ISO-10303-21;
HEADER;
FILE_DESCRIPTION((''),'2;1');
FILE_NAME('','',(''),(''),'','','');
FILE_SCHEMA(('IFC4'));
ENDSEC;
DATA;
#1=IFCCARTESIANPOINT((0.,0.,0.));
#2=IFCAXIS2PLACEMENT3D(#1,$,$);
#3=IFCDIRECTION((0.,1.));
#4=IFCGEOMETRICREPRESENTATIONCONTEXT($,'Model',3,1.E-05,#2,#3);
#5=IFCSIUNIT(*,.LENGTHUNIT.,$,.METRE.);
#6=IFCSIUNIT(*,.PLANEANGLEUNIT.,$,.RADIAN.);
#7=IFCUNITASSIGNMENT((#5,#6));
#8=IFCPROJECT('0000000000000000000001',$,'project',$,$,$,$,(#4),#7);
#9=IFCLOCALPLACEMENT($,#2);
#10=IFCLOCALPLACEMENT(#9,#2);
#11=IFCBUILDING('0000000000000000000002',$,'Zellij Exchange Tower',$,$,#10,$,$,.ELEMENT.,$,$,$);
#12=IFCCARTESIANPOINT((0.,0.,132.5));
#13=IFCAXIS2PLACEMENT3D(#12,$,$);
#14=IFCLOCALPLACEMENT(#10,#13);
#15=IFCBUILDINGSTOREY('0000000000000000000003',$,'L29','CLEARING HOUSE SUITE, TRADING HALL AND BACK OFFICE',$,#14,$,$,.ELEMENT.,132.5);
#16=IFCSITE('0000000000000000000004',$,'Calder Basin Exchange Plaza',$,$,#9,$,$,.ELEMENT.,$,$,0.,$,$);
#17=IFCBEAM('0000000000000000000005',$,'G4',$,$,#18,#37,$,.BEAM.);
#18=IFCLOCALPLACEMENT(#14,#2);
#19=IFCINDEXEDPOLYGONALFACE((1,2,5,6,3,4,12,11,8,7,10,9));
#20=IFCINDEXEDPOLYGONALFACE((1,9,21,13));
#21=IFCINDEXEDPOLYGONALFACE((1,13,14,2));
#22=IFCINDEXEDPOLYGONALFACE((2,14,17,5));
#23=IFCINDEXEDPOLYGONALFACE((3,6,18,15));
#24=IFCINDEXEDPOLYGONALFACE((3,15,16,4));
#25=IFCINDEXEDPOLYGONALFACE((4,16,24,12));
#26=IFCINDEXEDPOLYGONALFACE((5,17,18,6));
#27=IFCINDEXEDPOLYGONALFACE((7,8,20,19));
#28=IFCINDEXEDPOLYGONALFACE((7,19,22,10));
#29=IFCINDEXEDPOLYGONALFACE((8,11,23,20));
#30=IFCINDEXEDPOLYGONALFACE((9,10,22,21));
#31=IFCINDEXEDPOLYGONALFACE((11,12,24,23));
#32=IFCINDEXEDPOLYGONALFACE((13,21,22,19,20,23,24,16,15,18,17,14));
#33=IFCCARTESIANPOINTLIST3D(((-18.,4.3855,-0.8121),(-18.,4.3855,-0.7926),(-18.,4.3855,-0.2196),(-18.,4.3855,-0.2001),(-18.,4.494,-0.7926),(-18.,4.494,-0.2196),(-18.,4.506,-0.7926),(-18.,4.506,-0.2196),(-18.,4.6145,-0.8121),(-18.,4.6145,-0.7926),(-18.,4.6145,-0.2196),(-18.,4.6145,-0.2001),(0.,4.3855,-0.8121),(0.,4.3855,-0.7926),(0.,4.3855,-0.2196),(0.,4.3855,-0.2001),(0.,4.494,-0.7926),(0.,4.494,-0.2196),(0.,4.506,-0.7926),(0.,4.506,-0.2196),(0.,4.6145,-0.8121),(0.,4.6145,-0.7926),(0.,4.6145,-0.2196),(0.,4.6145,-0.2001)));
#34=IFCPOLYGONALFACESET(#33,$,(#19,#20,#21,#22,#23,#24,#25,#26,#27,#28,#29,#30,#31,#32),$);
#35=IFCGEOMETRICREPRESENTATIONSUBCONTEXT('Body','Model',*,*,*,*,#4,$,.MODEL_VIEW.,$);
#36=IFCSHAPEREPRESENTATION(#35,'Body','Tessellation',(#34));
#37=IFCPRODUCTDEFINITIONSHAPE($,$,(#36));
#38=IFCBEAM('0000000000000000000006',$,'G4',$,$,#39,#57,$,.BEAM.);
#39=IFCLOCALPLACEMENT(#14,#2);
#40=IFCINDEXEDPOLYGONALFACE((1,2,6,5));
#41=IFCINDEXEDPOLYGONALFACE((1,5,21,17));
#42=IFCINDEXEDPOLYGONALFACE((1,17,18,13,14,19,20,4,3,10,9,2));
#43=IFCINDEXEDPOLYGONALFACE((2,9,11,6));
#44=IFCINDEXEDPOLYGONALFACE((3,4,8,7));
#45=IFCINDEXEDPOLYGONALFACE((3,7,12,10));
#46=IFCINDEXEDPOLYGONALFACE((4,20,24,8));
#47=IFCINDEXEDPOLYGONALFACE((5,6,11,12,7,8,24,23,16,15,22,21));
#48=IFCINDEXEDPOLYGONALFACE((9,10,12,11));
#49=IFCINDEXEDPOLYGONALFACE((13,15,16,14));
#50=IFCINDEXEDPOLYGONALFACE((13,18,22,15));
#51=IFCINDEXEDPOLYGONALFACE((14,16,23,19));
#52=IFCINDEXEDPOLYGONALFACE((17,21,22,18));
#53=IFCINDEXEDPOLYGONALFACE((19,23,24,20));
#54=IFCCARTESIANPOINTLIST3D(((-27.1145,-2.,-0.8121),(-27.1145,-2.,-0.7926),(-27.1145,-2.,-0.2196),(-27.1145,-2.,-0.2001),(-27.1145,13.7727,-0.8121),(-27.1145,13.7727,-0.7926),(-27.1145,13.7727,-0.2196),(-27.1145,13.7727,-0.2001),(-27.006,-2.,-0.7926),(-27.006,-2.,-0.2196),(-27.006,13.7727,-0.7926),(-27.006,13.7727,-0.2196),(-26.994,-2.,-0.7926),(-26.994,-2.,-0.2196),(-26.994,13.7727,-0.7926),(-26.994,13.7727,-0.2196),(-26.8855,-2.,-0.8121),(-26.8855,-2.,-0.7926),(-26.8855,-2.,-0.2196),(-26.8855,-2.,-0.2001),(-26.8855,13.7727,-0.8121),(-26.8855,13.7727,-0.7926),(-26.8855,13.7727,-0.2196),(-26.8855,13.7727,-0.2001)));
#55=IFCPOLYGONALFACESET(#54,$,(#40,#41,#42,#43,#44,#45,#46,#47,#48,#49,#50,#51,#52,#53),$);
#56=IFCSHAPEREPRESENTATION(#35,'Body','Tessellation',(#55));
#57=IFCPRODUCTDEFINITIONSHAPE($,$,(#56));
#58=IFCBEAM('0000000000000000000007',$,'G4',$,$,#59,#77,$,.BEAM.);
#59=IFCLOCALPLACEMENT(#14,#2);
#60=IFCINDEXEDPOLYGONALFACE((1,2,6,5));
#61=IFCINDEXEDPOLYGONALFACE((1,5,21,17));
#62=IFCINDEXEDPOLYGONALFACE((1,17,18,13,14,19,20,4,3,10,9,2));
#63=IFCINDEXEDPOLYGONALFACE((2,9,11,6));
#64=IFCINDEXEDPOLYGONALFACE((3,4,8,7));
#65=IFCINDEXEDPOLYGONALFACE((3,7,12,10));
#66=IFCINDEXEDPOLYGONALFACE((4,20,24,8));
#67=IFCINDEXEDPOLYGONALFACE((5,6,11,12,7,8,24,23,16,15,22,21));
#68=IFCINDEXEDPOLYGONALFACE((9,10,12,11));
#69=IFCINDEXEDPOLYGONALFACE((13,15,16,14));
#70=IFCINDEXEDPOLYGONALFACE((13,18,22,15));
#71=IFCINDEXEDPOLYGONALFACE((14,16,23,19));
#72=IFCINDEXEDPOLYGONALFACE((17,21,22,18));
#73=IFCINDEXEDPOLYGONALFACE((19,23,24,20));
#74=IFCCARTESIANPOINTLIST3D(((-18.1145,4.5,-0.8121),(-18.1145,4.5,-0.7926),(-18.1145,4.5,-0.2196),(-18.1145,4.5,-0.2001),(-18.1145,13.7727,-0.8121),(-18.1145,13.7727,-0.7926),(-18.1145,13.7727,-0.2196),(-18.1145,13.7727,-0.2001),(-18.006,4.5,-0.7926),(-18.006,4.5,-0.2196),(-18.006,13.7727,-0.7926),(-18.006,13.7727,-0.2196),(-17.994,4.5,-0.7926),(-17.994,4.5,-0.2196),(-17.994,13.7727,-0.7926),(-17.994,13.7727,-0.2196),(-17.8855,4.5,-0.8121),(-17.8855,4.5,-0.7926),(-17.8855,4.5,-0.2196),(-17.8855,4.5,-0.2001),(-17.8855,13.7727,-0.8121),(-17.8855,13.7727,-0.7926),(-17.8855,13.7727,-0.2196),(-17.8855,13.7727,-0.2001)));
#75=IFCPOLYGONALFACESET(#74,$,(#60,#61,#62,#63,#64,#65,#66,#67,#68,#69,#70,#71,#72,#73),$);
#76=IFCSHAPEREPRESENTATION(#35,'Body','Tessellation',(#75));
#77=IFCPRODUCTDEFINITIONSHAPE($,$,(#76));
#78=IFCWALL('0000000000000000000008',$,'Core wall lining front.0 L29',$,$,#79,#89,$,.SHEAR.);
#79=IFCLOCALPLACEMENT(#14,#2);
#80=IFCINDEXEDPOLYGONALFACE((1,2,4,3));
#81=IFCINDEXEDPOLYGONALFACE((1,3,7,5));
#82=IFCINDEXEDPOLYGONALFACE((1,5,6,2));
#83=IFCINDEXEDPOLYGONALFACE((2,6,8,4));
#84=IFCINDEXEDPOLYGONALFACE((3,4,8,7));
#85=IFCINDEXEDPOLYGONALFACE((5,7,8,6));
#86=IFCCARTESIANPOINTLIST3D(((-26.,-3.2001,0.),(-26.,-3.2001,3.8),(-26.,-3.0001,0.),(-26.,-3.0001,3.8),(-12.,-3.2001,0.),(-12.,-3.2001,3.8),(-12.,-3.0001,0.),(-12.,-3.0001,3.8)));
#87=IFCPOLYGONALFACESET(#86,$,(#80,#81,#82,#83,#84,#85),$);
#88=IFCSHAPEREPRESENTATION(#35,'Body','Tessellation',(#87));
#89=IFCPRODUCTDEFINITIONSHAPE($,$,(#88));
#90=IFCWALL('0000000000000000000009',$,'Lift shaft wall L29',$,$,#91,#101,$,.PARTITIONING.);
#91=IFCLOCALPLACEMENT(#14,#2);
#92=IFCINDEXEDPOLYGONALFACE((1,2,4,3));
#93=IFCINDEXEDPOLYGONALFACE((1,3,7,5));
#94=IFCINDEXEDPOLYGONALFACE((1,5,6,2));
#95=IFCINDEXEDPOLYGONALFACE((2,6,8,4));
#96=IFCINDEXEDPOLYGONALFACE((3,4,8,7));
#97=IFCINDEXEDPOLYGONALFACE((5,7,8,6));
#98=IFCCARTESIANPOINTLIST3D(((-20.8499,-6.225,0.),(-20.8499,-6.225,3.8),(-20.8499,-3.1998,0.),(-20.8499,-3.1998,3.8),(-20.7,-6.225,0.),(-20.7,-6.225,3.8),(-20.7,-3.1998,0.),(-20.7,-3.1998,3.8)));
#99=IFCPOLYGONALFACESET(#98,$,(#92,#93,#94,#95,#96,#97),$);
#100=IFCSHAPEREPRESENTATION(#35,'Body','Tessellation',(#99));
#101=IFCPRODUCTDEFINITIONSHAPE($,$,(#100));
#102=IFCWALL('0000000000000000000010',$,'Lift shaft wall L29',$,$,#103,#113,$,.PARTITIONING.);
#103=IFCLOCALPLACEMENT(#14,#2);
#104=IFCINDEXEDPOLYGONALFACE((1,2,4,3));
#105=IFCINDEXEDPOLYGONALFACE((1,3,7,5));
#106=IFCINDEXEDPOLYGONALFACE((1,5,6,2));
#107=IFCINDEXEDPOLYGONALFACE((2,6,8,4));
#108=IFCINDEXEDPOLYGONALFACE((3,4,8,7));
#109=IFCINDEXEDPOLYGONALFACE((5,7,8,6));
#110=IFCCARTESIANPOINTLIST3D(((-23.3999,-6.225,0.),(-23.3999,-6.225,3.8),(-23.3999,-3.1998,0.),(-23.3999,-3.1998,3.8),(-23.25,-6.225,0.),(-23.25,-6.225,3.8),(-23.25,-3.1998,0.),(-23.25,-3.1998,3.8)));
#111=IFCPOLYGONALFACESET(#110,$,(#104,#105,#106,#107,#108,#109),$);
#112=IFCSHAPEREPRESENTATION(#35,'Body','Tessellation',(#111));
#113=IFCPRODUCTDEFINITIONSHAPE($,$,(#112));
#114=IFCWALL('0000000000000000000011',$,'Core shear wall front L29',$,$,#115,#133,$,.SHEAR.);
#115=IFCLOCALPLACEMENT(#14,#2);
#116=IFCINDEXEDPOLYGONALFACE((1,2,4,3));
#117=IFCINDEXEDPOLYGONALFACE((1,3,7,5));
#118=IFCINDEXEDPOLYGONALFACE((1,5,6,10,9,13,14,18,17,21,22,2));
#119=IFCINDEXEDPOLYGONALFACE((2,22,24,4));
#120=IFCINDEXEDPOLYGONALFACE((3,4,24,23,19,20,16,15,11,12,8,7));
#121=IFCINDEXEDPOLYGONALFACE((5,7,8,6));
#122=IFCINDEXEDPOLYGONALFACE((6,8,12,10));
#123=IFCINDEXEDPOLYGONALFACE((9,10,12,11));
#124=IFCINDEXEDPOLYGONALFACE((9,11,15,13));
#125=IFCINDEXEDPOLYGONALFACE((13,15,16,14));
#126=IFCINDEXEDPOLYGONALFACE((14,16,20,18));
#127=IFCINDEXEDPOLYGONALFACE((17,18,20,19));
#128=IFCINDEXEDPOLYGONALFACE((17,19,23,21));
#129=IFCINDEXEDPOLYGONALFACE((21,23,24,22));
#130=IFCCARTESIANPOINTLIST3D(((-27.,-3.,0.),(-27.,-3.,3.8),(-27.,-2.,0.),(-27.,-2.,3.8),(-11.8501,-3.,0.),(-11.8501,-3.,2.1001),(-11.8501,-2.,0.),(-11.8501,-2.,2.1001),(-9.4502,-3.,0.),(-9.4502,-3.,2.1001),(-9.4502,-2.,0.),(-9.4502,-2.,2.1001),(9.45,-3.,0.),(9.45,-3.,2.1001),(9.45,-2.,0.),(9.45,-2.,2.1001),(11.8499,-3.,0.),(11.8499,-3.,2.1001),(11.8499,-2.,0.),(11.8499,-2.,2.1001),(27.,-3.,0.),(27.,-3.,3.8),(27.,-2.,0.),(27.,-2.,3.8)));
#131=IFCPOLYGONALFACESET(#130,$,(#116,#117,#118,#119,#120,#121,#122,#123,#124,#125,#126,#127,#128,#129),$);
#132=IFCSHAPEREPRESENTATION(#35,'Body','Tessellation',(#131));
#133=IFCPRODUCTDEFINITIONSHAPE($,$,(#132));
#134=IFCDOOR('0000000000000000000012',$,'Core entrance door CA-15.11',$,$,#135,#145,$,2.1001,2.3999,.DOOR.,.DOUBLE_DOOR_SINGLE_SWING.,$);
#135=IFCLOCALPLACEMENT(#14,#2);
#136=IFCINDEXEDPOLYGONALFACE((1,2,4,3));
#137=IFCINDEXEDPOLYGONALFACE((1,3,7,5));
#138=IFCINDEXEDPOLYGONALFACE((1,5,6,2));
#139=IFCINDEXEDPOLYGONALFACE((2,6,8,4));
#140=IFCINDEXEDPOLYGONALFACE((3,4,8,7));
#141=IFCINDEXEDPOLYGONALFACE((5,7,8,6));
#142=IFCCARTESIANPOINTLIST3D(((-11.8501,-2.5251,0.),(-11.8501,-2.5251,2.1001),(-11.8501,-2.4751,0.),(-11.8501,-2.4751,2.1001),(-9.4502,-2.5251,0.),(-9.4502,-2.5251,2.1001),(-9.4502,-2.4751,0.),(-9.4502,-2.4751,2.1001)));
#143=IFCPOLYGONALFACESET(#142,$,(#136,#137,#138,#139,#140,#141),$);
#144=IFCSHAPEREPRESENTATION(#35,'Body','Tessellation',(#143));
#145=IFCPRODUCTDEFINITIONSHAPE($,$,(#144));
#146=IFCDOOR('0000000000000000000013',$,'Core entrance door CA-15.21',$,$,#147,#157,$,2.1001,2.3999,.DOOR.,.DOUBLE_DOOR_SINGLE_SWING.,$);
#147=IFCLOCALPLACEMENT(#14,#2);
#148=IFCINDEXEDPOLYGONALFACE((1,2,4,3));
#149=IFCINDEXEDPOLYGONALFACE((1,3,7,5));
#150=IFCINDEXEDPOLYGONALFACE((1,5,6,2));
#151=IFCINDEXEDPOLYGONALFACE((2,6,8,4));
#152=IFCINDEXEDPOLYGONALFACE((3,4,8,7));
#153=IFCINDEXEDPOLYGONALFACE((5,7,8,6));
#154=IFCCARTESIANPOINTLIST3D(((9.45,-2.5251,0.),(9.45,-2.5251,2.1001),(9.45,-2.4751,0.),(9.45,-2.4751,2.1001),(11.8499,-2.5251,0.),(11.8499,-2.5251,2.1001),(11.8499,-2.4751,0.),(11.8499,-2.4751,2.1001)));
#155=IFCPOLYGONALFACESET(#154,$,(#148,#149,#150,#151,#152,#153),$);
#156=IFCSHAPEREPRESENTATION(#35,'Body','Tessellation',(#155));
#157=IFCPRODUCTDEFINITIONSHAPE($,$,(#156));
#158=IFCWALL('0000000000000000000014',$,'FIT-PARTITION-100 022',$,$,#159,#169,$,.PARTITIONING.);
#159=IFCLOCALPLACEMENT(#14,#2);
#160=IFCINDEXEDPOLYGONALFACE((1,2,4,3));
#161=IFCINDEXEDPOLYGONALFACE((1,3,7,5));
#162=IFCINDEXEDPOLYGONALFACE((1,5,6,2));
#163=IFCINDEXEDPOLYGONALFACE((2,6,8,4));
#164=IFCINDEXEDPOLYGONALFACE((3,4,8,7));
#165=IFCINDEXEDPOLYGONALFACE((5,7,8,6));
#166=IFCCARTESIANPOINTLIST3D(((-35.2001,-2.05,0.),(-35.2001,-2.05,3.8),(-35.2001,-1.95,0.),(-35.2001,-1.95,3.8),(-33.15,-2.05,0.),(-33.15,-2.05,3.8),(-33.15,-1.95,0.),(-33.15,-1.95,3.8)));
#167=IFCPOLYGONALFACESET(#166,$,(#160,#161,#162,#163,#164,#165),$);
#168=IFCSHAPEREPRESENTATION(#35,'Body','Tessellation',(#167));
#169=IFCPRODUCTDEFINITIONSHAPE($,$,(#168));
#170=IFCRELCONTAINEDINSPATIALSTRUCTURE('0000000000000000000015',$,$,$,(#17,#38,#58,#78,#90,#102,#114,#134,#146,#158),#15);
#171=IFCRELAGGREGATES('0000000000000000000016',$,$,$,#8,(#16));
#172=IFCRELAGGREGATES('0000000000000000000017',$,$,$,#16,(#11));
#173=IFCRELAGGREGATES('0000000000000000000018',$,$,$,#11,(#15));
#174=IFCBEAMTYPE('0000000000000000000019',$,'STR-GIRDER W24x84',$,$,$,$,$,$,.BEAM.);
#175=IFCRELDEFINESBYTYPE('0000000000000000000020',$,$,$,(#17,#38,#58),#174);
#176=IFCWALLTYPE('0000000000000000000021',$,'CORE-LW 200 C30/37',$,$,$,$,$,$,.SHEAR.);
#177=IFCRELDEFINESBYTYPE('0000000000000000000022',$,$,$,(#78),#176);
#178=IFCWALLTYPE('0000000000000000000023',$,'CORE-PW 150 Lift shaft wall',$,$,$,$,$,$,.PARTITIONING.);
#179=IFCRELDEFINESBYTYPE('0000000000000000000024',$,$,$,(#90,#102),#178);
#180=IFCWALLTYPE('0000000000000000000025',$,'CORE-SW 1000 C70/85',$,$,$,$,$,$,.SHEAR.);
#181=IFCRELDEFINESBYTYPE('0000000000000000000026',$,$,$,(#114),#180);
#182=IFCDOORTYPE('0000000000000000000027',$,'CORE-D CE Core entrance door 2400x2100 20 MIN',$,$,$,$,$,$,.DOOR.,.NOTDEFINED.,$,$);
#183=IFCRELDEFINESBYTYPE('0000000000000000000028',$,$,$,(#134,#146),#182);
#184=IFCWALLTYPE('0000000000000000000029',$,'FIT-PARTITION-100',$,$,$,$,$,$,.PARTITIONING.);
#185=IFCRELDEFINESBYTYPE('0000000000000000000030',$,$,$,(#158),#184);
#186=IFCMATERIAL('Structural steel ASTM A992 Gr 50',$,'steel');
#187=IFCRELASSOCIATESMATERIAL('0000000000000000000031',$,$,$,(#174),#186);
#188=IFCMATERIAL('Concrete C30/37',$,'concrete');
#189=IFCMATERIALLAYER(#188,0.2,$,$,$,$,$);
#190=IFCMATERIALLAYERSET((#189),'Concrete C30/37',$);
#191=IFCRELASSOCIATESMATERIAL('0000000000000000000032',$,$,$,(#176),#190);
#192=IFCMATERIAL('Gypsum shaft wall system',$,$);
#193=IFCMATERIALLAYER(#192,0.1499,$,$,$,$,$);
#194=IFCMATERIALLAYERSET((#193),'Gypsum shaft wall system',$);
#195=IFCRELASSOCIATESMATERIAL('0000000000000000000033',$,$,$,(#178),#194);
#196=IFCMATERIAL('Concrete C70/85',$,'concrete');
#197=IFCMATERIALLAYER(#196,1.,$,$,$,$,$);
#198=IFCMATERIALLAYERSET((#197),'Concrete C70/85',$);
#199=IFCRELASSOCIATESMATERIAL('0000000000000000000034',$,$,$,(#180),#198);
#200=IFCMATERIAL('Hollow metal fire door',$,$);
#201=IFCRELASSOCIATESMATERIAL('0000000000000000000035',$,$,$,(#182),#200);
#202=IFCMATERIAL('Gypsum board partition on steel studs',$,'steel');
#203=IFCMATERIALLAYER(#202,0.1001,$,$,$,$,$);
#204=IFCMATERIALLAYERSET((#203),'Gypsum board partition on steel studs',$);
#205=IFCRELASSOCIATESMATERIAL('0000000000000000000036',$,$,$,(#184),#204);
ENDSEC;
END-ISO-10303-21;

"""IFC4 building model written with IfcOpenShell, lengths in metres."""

from ifc_helpers import new_model, si_unit, direction, frame, frame_2d, origin, origin_2d, place, context, subcontext, project, spatial, rectangle, i_section, extrude, material, layer, layer_set, material_profile, profile_set, type_object, element, fill, save


model = new_model("IFC4")

# Units and contexts
model_context = context("Model", 3, precision=1e-05, world=origin(), true_north=direction((0.0, 1.0)))
body_context = subcontext(model_context, "Body", "Model", "MODEL_VIEW")
ifc_project = project(units=[si_unit("LENGTHUNIT", "METRE"), si_unit("PLANEANGLEUNIT", "RADIAN")], contexts=[model_context])

# Site, building, storey
site_placement = place(None, origin())
site = spatial("IfcSite", under=ifc_project, at=site_placement, Name="Calder Basin Exchange Plaza", CompositionType="ELEMENT", RefElevation=0.0)
building_placement = place(site_placement, origin())
building = spatial("IfcBuilding", under=site, at=building_placement, Name="Zellij Exchange Tower", CompositionType="ELEMENT")
storey_placement = place(building_placement, frame((0.0, 0.0, 132.5)))
storey = spatial("IfcBuildingStorey", under=building, at=storey_placement, Name="L29", Description="CLEARING HOUSE SUITE, TRADING HALL AND BACK OFFICE", CompositionType="ELEMENT", Elevation=132.5)

# Shared definitions
ifc_material_1 = material(Name="Concrete C70/85", Category="concrete")

# Beams
ifc_material_2 = material(Name="Structural steel ASTM A992 Gr 50", Category="steel")
ifc_material_profile_1 = material_profile(ifc_material_2, i_section(OverallWidth=0.229, OverallDepth=0.6121, WebThickness=0.012, FlangeThickness=0.0195, at=origin_2d()), Name="W24x84")
ifc_profile_set_1 = profile_set([ifc_material_profile_1], Name="Structural steel ASTM A992 Gr 50")
beam_type_1 = type_object("IfcBeamType", Name="STR-GIRDER W24x84", PredefinedType="BEAM", material=ifc_profile_set_1)
beam_1_placement = place(storey_placement, frame((-18.0, 4.5, -0.5061), z_axis=(1.0, 0.0, 0.0), x_axis=(0.0, 1.0, 0.0)))
element("IfcBeam", 1, at=beam_1_placement, inside=storey, type_object=beam_type_1, Name="G4", PredefinedType="BEAM", context=body_context, shape_type="SweptSolid", body=[
    extrude(i_section(OverallWidth=0.229, OverallDepth=0.6121, WebThickness=0.012, FlangeThickness=0.0195, at=origin_2d()), origin(), (0.0, 0.0, 1.0), 18.0),
])
beam_2_placement = place(storey_placement, frame((-27.0, -2.0, -0.5061), z_axis=(0.0, 1.0, 0.0), x_axis=(-1.0, 0.0, 0.0)))
element("IfcBeam", 2, at=beam_2_placement, inside=storey, type_object=beam_type_1, Name="G4", PredefinedType="BEAM", context=body_context, shape_type="SweptSolid", body=[
    extrude(i_section(OverallWidth=0.229, OverallDepth=0.6121, WebThickness=0.012, FlangeThickness=0.0195, at=origin_2d()), origin(), (0.0, 0.0, 1.0), 15.7727),
])
beam_3_placement = place(storey_placement, frame((-18.0, 4.5, -0.5061), z_axis=(0.0, 1.0, 0.0), x_axis=(-1.0, 0.0, 0.0)))
element("IfcBeam", 3, at=beam_3_placement, inside=storey, type_object=beam_type_1, Name="G4", PredefinedType="BEAM", context=body_context, shape_type="SweptSolid", body=[
    extrude(i_section(OverallWidth=0.229, OverallDepth=0.6121, WebThickness=0.012, FlangeThickness=0.0195, at=origin_2d()), origin(), (0.0, 0.0, 1.0), 9.2727),
])

# Walls
ifc_material_3 = material(Name="Concrete C30/37", Category="concrete")
ifc_layer_1 = layer(ifc_material_3, 0.2)
ifc_layer_set_1 = layer_set([ifc_layer_1], Name="Concrete C30/37")
wall_type_1 = type_object("IfcWallType", Name="CORE-LW 200 C30/37", PredefinedType="SHEAR", material=ifc_layer_set_1)
wall_1_placement = place(storey_placement, frame((-26.0, -3.1001, 0.0), z_axis=(0.0, 0.0, 1.0), x_axis=(1.0, 0.0, 0.0)))
element("IfcWall", 4, at=wall_1_placement, inside=storey, type_object=wall_type_1, Name="Core wall lining front.0 L29", PredefinedType="SHEAR", context=body_context, shape_type="SweptSolid", body=[
    extrude(rectangle(XDim=14.0, YDim=0.2, at=frame_2d((7.0, 0.0))), origin(), (0.0, 0.0, 1.0), 3.8),
])
ifc_material_4 = material(Name="Gypsum shaft wall system")
ifc_layer_2 = layer(ifc_material_4, 0.1499)
ifc_layer_set_2 = layer_set([ifc_layer_2], Name="Gypsum shaft wall system")
wall_type_2 = type_object("IfcWallType", Name="CORE-PW 150 Lift shaft wall", PredefinedType="PARTITIONING", material=ifc_layer_set_2)
for number, where, z_axis, x_axis, name in (
    (5, (-20.7749, -6.2251, 0.0), (0.0, 0.0, 1.0), (0.0, 1.0, 0.0), "Lift shaft wall L29"),
    (6, (-23.325, -6.2251, 0.0), (0.0, 0.0, 1.0), (0.0, 1.0, 0.0), "Lift shaft wall L29"),
):
    element("IfcWall", number, at=place(storey_placement, frame(where, z_axis=z_axis, x_axis=x_axis)), inside=storey, type_object=wall_type_2, Name=name, PredefinedType="PARTITIONING", context=body_context, shape_type="SweptSolid", body=[
        extrude(rectangle(XDim=3.0251, YDim=0.1499, at=frame_2d((1.5127, 0.0))), origin(), (0.0, 0.0, 1.0), 3.8),
    ])

# Wall, openings, doors
ifc_layer_3 = layer(ifc_material_1, 1.0)
ifc_layer_set_3 = layer_set([ifc_layer_3], Name="Concrete C70/85")
wall_type_3 = type_object("IfcWallType", Name="CORE-SW 1000 C70/85", PredefinedType="SHEAR", material=ifc_layer_set_3)
wall_2_placement = place(storey_placement, frame((-27.0, -2.5, 0.0), z_axis=(0.0, 0.0, 1.0), x_axis=(1.0, 0.0, 0.0)))
wall_2 = element("IfcWall", 7, at=wall_2_placement, inside=storey, type_object=wall_type_3, Name="Core shear wall front L29", PredefinedType="SHEAR", context=body_context, shape_type="SweptSolid", body=[
    extrude(rectangle(XDim=54.0, YDim=1.0, at=frame_2d((27.0, 0.0))), origin(), (0.0, 0.0, 1.0), 3.8),
])
opening_1_placement = place(wall_2_placement, frame((15.1499, 0.0, 0.0)))
opening_1 = element("IfcOpeningElement", 8, at=opening_1_placement, cuts=wall_2, PredefinedType="OPENING", context=body_context, shape_type="SweptSolid", body=[
    extrude(rectangle(XDim=2.3999, YDim=2.1001, at=frame_2d((1.2, 1.05))), frame((0.0, 0.512, 0.0), z_axis=(0.0, -1.0, 0.0), x_axis=(1.0, 0.0, 0.0)), (0.0, 0.0, 1.0), 1.0239),
])
opening_2_placement = place(wall_2_placement, frame((36.45, 0.0, 0.0)))
opening_2 = element("IfcOpeningElement", 9, at=opening_2_placement, cuts=wall_2, PredefinedType="OPENING", context=body_context, shape_type="SweptSolid", body=[
    extrude(rectangle(XDim=2.3999, YDim=2.1001, at=frame_2d((1.2, 1.05))), frame((0.0, 0.512, 0.0), z_axis=(0.0, -1.0, 0.0), x_axis=(1.0, 0.0, 0.0)), (0.0, 0.0, 1.0), 1.0239),
])
ifc_material_5 = material(Name="Hollow metal fire door")
door_type_1 = type_object("IfcDoorType", Name="CORE-D CE Core entrance door 2400x2100 20 MIN", OperationType="NOTDEFINED", PredefinedType="DOOR", material=ifc_material_5)
door_1_placement = place(opening_1_placement, origin())
door_1 = element("IfcDoor", 10, at=door_1_placement, inside=storey, type_object=door_type_1, Name="Core entrance door CA-15.11", OperationType="DOUBLE_DOOR_SINGLE_SWING", OverallHeight=2.1001, OverallWidth=2.3999, PredefinedType="DOOR", context=body_context, shape_type="SweptSolid", body=[
    extrude(rectangle(XDim=2.3999, YDim=2.1001, at=frame_2d((1.2, 1.05))), frame((0.0, 0.0249, 0.0), z_axis=(0.0, -1.0, 0.0), x_axis=(1.0, 0.0, 0.0)), (0.0, 0.0, 1.0), 0.05),
])
fill(opening_1, door_1)
door_2_placement = place(opening_2_placement, origin())
door_2 = element("IfcDoor", 11, at=door_2_placement, inside=storey, type_object=door_type_1, Name="Core entrance door CA-15.21", OperationType="DOUBLE_DOOR_SINGLE_SWING", OverallHeight=2.1001, OverallWidth=2.3999, PredefinedType="DOOR", context=body_context, shape_type="SweptSolid", body=[
    extrude(rectangle(XDim=2.3999, YDim=2.1001, at=frame_2d((1.2, 1.05))), frame((0.0, 0.0249, 0.0), z_axis=(0.0, -1.0, 0.0), x_axis=(1.0, 0.0, 0.0)), (0.0, 0.0, 1.0), 0.05),
])
fill(opening_2, door_2)

# Wall
ifc_material_6 = material(Name="Gypsum board partition on steel studs", Category="steel")
ifc_layer_4 = layer(ifc_material_6, 0.1001)
ifc_layer_set_4 = layer_set([ifc_layer_4], Name="Gypsum board partition on steel studs")
wall_type_4 = type_object("IfcWallType", Name="FIT-PARTITION-100", PredefinedType="PARTITIONING", material=ifc_layer_set_4)
wall_3_placement = place(storey_placement, frame((-35.2, -2.0, 0.0), z_axis=(0.0, 0.0, 1.0), x_axis=(1.0, 0.0, 0.0)))
element("IfcWall", 12, at=wall_3_placement, inside=storey, type_object=wall_type_4, Name="FIT-PARTITION-100 022", PredefinedType="PARTITIONING", context=body_context, shape_type="SweptSolid", body=[
    extrude(rectangle(XDim=2.05, YDim=0.1001, at=frame_2d((1.0249, 0.0))), origin(), (0.0, 0.0, 1.0), 3.8),
])

save(model, "model.ifc")
